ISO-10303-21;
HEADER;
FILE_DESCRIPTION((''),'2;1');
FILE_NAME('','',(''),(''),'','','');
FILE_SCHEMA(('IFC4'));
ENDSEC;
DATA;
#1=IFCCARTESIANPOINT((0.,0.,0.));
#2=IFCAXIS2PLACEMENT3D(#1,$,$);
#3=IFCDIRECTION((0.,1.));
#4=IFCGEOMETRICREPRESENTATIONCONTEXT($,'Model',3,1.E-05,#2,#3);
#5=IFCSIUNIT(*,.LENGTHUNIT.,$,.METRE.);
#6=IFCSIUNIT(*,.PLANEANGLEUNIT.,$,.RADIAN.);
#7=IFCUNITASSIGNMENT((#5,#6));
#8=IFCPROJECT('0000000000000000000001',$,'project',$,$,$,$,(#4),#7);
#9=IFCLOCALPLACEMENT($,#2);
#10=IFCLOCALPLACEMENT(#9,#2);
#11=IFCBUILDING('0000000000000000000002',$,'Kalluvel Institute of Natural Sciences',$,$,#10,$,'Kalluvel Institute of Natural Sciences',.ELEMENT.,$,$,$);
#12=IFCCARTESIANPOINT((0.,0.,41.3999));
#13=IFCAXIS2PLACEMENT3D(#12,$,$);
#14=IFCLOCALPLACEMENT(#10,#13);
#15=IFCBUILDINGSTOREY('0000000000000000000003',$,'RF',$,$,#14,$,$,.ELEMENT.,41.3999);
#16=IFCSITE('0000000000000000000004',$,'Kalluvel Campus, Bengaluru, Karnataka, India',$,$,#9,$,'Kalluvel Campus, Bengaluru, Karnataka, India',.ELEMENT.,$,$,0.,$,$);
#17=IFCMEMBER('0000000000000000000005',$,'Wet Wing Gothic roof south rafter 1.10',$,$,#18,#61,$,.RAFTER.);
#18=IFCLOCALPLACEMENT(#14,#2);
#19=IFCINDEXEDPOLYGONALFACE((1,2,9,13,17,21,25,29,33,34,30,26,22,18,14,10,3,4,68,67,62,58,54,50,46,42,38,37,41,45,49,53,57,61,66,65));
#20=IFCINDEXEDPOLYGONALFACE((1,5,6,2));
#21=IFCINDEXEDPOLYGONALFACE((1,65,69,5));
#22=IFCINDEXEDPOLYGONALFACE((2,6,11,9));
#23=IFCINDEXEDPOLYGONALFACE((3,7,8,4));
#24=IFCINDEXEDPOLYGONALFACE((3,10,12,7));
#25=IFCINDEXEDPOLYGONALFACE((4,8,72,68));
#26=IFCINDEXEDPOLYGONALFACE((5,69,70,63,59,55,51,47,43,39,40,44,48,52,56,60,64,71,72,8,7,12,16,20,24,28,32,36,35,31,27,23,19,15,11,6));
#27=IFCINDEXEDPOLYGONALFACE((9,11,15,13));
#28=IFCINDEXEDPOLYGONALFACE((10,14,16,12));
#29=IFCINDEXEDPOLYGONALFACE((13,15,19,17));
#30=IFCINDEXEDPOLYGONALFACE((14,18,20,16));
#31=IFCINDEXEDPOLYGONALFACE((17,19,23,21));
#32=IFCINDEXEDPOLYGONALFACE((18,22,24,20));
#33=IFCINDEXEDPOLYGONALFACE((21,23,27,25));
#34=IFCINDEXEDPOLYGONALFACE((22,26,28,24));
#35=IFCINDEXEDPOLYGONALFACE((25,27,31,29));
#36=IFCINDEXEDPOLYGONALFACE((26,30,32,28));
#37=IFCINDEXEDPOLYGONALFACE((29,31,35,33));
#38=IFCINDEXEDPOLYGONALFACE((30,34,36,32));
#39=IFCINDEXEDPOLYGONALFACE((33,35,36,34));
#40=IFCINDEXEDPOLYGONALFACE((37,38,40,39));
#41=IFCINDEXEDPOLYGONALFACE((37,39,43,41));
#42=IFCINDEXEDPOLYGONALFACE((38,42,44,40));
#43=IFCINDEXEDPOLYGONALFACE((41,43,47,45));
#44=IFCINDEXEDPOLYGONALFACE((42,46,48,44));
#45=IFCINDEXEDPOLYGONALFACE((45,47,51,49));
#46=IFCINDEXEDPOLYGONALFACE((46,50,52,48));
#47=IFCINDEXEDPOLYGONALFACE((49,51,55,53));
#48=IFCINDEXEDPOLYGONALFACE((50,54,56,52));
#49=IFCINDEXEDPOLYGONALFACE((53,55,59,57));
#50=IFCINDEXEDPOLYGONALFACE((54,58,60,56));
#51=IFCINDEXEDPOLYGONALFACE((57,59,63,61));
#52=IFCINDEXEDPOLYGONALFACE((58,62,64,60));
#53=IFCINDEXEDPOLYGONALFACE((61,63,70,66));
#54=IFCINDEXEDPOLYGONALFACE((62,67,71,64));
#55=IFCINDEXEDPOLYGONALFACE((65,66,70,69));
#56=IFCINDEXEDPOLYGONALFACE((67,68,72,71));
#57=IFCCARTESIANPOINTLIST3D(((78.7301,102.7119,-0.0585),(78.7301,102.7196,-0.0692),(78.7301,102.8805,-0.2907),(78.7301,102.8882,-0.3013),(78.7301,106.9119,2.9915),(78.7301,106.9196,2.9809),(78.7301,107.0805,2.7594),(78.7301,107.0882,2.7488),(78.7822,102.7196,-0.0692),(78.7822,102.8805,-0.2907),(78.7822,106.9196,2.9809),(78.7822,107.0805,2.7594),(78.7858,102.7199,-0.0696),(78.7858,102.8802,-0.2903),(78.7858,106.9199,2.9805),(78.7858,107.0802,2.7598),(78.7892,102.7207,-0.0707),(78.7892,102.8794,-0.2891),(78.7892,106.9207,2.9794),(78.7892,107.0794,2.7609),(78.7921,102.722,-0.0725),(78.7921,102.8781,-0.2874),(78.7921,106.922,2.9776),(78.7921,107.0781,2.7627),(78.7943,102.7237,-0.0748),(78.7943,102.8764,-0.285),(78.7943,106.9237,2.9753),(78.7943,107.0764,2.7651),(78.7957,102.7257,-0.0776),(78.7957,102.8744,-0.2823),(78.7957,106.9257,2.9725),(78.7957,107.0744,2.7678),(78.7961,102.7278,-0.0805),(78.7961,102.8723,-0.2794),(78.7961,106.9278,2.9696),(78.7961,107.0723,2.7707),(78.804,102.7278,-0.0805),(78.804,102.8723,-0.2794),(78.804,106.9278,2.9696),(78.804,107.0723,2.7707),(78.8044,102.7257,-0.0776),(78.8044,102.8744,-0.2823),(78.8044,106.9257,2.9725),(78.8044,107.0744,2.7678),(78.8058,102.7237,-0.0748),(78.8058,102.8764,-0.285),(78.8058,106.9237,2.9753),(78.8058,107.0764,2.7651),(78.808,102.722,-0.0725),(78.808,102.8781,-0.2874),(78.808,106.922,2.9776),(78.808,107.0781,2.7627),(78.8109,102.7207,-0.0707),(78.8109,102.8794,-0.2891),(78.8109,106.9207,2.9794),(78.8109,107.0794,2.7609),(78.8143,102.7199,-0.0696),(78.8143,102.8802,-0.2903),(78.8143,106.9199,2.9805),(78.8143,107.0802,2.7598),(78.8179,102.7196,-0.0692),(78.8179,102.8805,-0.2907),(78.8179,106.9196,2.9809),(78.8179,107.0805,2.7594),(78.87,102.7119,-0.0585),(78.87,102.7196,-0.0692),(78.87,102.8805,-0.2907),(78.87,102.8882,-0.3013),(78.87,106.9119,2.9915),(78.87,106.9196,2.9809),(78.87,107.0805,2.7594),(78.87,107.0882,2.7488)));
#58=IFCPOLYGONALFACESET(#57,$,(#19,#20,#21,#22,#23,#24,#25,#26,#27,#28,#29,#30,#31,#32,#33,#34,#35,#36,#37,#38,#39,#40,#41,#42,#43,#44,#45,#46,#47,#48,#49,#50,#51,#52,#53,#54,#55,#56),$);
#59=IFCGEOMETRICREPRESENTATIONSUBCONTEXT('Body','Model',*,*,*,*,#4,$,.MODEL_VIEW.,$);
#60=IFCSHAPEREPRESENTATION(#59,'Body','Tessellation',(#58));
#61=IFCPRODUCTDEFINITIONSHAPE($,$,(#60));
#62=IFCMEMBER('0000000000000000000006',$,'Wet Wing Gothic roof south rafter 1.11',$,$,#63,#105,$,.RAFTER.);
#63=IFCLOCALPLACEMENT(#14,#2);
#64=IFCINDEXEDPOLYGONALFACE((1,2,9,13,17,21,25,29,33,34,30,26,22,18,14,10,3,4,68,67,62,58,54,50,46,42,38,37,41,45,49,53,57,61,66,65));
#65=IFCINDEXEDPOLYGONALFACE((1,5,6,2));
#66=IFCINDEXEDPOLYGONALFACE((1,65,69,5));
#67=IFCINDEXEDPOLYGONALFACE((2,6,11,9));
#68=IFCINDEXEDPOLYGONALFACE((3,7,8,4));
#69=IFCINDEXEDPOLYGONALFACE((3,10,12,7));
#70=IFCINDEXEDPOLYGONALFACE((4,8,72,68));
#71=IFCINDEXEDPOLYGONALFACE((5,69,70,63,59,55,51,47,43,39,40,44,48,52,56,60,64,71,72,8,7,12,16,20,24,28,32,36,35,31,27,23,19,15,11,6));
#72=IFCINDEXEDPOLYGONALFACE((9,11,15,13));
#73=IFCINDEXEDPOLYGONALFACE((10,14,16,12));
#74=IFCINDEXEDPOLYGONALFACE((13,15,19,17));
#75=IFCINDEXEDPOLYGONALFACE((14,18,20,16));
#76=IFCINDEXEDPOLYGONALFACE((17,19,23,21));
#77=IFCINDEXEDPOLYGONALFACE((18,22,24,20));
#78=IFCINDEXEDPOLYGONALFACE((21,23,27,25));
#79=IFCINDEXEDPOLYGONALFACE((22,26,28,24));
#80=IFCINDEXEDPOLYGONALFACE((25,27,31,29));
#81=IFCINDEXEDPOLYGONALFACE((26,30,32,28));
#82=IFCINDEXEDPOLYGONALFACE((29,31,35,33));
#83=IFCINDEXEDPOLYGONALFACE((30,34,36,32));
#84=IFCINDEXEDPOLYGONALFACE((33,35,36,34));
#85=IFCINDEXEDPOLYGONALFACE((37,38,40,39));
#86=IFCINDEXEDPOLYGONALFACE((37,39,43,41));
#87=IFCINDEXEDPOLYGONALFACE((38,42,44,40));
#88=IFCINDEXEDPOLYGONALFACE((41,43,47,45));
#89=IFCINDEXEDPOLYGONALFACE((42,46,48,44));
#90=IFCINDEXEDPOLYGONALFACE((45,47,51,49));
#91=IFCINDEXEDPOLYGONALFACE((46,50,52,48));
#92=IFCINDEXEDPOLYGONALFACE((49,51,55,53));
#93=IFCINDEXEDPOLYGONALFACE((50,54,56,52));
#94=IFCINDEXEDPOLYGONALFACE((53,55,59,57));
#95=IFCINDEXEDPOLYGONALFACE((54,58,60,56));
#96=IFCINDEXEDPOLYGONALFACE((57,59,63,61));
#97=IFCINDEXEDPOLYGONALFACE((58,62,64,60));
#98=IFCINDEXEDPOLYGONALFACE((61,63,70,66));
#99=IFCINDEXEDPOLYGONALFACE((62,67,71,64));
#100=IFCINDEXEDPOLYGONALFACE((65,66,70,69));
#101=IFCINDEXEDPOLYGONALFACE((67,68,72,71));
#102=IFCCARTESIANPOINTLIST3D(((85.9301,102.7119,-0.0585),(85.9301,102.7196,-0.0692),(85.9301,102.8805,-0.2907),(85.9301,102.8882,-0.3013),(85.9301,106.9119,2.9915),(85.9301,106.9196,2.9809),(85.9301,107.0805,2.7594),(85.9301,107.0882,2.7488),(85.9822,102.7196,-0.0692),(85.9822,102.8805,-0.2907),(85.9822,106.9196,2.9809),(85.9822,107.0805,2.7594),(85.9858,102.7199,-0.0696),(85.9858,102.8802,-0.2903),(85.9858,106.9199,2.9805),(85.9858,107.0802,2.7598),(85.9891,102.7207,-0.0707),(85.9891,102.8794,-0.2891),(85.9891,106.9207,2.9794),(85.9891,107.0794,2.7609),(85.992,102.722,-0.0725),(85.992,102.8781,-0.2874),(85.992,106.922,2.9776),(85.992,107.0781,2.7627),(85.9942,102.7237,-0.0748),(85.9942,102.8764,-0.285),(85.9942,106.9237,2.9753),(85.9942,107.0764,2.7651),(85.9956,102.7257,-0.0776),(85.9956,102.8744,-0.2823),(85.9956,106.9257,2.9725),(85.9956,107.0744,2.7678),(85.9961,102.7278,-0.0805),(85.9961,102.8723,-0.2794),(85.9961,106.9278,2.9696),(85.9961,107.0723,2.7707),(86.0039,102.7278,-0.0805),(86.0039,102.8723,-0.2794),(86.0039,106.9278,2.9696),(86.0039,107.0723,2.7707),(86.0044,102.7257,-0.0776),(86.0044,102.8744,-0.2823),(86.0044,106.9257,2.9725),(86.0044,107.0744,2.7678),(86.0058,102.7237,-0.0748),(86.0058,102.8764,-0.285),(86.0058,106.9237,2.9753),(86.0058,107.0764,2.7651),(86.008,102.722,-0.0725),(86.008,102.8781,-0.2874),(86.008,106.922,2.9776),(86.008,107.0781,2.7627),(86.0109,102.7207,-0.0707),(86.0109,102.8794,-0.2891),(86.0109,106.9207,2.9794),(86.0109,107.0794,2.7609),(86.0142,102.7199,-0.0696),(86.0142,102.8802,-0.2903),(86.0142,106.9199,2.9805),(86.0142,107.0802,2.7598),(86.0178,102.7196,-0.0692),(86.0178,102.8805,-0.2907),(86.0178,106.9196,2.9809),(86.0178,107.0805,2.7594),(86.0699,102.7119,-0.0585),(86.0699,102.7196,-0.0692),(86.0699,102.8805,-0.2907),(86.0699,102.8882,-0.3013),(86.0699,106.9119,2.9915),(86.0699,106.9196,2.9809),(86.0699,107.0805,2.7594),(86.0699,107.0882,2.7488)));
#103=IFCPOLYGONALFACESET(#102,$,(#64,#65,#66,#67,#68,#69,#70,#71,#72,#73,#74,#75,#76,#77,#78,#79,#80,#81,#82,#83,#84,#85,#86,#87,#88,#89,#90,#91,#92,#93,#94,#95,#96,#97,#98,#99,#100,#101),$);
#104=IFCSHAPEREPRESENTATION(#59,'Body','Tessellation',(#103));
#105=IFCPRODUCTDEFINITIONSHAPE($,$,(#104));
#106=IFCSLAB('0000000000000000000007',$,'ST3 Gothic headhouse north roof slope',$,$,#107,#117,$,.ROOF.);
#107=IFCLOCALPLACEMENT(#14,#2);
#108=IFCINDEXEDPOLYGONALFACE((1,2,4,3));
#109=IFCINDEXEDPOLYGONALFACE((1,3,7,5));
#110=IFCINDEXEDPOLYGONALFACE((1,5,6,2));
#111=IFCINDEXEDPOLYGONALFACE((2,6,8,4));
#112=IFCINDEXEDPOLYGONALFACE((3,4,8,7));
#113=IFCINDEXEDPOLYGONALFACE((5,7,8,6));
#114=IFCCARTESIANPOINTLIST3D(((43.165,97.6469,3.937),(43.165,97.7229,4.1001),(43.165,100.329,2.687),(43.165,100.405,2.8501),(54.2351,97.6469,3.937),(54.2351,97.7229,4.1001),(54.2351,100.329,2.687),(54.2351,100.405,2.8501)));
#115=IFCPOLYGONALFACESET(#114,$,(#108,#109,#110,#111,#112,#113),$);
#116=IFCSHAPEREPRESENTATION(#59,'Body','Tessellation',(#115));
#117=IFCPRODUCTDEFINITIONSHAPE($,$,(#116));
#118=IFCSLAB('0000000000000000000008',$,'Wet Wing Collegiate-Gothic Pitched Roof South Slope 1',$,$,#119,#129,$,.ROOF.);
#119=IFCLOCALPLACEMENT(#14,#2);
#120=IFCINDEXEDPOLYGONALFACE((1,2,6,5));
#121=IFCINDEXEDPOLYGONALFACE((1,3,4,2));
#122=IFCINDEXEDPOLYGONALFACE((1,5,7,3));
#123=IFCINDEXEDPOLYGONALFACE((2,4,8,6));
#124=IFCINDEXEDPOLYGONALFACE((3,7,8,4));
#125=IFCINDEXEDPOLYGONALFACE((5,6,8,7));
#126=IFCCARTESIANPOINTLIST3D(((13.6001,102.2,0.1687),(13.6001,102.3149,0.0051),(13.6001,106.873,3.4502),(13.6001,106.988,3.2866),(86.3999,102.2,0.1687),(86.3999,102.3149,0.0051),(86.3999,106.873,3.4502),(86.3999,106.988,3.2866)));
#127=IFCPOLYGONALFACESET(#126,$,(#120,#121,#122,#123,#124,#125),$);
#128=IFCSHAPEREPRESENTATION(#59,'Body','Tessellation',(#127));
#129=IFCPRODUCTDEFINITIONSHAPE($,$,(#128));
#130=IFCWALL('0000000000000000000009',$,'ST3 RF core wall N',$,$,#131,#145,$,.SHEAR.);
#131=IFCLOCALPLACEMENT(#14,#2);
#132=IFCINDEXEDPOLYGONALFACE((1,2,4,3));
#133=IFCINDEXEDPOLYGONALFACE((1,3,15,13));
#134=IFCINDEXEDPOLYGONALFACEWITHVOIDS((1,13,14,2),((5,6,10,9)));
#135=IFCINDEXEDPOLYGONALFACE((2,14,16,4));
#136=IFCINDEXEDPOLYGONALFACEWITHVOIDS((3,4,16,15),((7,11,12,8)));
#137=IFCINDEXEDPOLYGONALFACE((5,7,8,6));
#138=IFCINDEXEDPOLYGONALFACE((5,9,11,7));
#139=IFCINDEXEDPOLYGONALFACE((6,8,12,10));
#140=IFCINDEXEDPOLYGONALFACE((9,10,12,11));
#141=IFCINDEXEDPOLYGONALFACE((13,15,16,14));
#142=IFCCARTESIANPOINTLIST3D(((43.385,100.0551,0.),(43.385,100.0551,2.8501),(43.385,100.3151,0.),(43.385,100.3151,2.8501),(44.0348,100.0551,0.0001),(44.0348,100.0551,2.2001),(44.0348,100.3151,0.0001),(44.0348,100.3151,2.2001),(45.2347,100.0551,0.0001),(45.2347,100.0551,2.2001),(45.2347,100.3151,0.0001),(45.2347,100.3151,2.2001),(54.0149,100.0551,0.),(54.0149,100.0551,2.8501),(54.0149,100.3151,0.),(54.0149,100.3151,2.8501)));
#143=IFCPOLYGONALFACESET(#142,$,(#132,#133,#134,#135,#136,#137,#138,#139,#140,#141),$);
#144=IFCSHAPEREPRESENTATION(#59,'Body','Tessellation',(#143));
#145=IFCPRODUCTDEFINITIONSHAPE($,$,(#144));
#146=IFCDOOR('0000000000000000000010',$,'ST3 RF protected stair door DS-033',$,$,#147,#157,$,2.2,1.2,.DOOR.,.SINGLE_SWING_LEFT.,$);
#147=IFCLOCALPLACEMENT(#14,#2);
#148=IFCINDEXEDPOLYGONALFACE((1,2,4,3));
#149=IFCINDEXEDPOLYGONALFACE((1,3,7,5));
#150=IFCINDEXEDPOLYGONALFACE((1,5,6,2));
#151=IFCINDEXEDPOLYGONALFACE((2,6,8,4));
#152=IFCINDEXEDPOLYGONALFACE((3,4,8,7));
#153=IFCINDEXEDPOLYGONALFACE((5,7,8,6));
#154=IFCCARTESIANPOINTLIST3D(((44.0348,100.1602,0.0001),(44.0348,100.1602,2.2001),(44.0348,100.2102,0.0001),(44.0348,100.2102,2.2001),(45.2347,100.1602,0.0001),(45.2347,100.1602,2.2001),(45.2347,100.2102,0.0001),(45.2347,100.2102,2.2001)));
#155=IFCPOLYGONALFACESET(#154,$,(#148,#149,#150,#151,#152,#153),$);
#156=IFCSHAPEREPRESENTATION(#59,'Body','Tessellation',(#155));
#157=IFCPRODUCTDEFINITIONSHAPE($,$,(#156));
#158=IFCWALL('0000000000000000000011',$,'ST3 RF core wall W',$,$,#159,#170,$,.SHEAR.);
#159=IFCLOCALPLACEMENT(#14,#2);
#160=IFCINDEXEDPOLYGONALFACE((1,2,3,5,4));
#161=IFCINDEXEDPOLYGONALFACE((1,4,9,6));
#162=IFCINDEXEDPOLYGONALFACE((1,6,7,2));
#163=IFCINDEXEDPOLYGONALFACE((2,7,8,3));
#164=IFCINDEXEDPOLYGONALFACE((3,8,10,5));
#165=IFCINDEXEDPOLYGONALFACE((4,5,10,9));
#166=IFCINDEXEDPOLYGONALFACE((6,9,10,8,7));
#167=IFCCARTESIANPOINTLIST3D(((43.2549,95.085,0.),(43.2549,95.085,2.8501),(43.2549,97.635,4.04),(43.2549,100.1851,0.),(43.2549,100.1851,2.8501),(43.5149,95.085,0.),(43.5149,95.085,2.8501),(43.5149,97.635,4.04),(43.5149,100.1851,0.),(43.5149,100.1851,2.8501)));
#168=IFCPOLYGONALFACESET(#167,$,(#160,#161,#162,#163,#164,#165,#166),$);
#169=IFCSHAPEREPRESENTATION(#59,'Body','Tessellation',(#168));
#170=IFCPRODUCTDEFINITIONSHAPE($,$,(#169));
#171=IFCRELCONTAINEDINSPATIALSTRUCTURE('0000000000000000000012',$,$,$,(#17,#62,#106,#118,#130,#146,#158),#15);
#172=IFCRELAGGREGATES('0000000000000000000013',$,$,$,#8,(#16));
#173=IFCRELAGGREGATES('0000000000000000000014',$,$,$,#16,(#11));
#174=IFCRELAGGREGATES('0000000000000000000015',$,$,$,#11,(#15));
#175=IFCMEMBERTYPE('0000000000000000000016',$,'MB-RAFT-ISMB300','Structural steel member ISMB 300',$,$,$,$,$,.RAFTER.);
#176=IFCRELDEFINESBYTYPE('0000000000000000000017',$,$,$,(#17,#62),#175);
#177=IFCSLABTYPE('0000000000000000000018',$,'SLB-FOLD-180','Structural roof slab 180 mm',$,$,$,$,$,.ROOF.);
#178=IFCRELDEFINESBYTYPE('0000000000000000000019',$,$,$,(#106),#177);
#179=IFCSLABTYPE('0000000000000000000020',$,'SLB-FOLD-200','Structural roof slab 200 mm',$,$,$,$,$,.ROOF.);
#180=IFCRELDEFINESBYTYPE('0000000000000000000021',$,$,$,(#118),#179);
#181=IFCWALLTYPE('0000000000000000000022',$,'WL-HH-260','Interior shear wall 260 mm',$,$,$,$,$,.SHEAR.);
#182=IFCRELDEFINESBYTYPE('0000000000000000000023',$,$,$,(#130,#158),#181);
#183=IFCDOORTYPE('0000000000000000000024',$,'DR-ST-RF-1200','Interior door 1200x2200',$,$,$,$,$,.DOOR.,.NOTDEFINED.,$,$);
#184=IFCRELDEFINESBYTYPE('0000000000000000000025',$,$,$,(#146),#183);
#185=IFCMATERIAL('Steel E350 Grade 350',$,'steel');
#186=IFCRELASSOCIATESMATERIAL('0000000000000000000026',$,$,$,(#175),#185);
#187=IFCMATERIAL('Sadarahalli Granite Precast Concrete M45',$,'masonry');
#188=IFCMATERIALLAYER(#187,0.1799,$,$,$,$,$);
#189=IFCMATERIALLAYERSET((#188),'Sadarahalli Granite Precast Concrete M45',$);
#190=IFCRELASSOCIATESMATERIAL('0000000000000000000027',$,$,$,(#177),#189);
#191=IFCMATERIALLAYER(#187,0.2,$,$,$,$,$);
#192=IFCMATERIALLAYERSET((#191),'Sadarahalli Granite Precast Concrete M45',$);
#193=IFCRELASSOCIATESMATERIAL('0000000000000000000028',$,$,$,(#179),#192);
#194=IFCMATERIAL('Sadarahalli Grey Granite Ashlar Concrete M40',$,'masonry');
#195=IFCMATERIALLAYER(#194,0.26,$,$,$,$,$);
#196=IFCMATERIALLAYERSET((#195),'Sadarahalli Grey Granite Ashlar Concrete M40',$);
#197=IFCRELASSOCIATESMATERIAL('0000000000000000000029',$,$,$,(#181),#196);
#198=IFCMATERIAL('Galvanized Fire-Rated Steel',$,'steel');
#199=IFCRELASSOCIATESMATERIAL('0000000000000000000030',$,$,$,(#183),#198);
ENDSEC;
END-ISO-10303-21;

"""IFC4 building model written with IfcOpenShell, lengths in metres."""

from ifc_helpers import new_model, si_unit, direction, frame, frame_2d, origin, origin_2d, place, context, subcontext, project, spatial, polyline, rectangle, i_section, outline, extrude, material, layer, layer_set, material_profile, profile_set, type_object, element, fill, save


model = new_model("IFC4")

# Units and contexts
model_context = context("Model", 3, precision=1e-05, world=origin(), true_north=direction((0.0, 1.0)))
body_context = subcontext(model_context, "Body", "Model", "MODEL_VIEW")
ifc_project = project(units=[si_unit("LENGTHUNIT", "METRE"), si_unit("PLANEANGLEUNIT", "RADIAN")], contexts=[model_context])

# Site, building, storey
site_placement = place(None, origin())
site = spatial("IfcSite", under=ifc_project, at=site_placement, Name="Kalluvel Campus, Bengaluru, Karnataka, India", LongName="Kalluvel Campus, Bengaluru, Karnataka, India", CompositionType="ELEMENT", RefElevation=0.0)
building_placement = place(site_placement, origin())
building = spatial("IfcBuilding", under=site, at=building_placement, Name="Kalluvel Institute of Natural Sciences", LongName="Kalluvel Institute of Natural Sciences", CompositionType="ELEMENT")
storey_placement = place(building_placement, frame((0.0, 0.0, 41.3999)))
storey = spatial("IfcBuildingStorey", under=building, at=storey_placement, Name="RF", CompositionType="ELEMENT", Elevation=41.3999)

# Shared definitions
ifc_material_1 = material(Name="Steel E350 Grade 350", Category="steel")
ifc_material_2 = material(Name="Sadarahalli Granite Precast Concrete M45", Category="masonry")

# Members
ifc_material_profile_1 = material_profile(ifc_material_1, i_section(OverallWidth=0.1399, OverallDepth=0.3, WebThickness=0.0078, FlangeThickness=0.0132, FilletRadius=0.0139, at=origin_2d()), Name="ISMB 300")
ifc_profile_set_1 = profile_set([ifc_material_profile_1], Name="Steel E350 Grade 350")
member_type = type_object("IfcMemberType", Name="MB-RAFT-ISMB300", Description="Structural steel member ISMB 300", PredefinedType="RAFTER", material=ifc_profile_set_1)
for number, where, z_axis, x_axis, name in (
    (1, (78.8, 102.8, -0.1799), (0.0, 0.809145, 0.587609), (-1.0, 0.0, 0.0), "Wet Wing Gothic roof south rafter 1.10"),
    (2, (86.0, 102.8, -0.1799), (0.0, 0.809145, 0.587609), (-1.0, 0.0, 0.0), "Wet Wing Gothic roof south rafter 1.11"),
):
    element("IfcMember", number, at=place(storey_placement, frame(where, z_axis=z_axis, x_axis=x_axis)), inside=storey, type_object=member_type, Name=name, PredefinedType="RAFTER", context=body_context, shape_type="SweptSolid", body=[
        extrude(i_section(OverallWidth=0.1399, OverallDepth=0.3, WebThickness=0.0078, FlangeThickness=0.0132, FilletRadius=0.0139, at=origin_2d()), origin(), (0.0, 0.0, 1.0), 5.1907),
    ])

# Slabs
ifc_layer_1 = layer(ifc_material_2, 0.1799)
ifc_layer_set_1 = layer_set([ifc_layer_1], Name="Sadarahalli Granite Precast Concrete M45")
slab_type_1 = type_object("IfcSlabType", Name="SLB-FOLD-180", Description="Structural roof slab 180 mm", PredefinedType="ROOF", material=ifc_layer_set_1)
slab_1_placement = place(storey_placement, frame((43.165, 97.7229, 4.1001), z_axis=(0.0, 0.422425, 0.906398), x_axis=(1.0, 0.0, 0.0)))
element("IfcSlab", 3, at=slab_1_placement, inside=storey, type_object=slab_type_1, Name="ST3 Gothic headhouse north roof slope", PredefinedType="ROOF", context=body_context, shape_type="SweptSolid", body=[
    extrude(outline(polyline([(0.0, 0.0), (11.0701, 0.0), (11.0701, 2.9591), (0.0, 2.9591), (0.0, 0.0)])), origin(), (0.0, 0.0, -1.0), 0.1799),
])
ifc_layer_2 = layer(ifc_material_2, 0.2)
ifc_layer_set_2 = layer_set([ifc_layer_2], Name="Sadarahalli Granite Precast Concrete M45")
slab_type_2 = type_object("IfcSlabType", Name="SLB-FOLD-200", Description="Structural roof slab 200 mm", PredefinedType="ROOF", material=ifc_layer_set_2)
slab_2_placement = place(storey_placement, frame((13.6001, 102.2, 0.1687), z_axis=(0.0, -0.574676, 0.818381), x_axis=(1.0, 0.0, 0.0)))
element("IfcSlab", 4, at=slab_2_placement, inside=storey, type_object=slab_type_2, Name="Wet Wing Collegiate-Gothic Pitched Roof South Slope 1", PredefinedType="ROOF", context=body_context, shape_type="SweptSolid", body=[
    extrude(outline(polyline([(0.0, 0.0), (72.7998, 0.0), (72.7998, 5.7102), (0.0, 5.7102), (0.0, 0.0)])), origin(), (0.0, 0.0, -1.0), 0.2),
])

# Wall, opening, door
ifc_material_3 = material(Name="Sadarahalli Grey Granite Ashlar Concrete M40", Category="masonry")
ifc_layer_3 = layer(ifc_material_3, 0.26)
ifc_layer_set_3 = layer_set([ifc_layer_3], Name="Sadarahalli Grey Granite Ashlar Concrete M40")
wall_type = type_object("IfcWallType", Name="WL-HH-260", Description="Interior shear wall 260 mm", PredefinedType="SHEAR", material=ifc_layer_set_3)
wall_1_placement = place(storey_placement, frame((54.0149, 100.1851, 0.0), z_axis=(0.0, 0.0, 1.0), x_axis=(-1.0, 0.0, 0.0)))
wall_1 = element("IfcWall", 5, at=wall_1_placement, inside=storey, type_object=wall_type, Name="ST3 RF core wall N", PredefinedType="SHEAR", context=body_context, shape_type="SweptSolid", body=[
    extrude(rectangle(XDim=10.6299, YDim=0.26, at=frame_2d((5.3149, 0.0))), origin(), (0.0, 0.0, 1.0), 2.8501),
])
opening_1_placement = place(wall_1_placement, frame((8.78, 0.0, 0.0)))
opening_1 = element("IfcOpeningElement", 6, at=opening_1_placement, cuts=wall_1, PredefinedType="OPENING", context=body_context, shape_type="SweptSolid", body=[
    extrude(rectangle(XDim=1.2, YDim=2.2, at=frame_2d((0.6001, 1.1001))), frame((0.0, 0.1399, 0.0), z_axis=(0.0, -1.0, 0.0), x_axis=(1.0, 0.0, 0.0)), (0.0, 0.0, 1.0), 0.28),
])
ifc_material_4 = material(Name="Galvanized Fire-Rated Steel", Category="steel")
door_type_1 = type_object("IfcDoorType", Name="DR-ST-RF-1200", Description="Interior door 1200x2200", OperationType="NOTDEFINED", PredefinedType="DOOR", material=ifc_material_4)
door_1_placement = place(opening_1_placement, origin())
door_1 = element("IfcDoor", 7, at=door_1_placement, inside=storey, type_object=door_type_1, Name="ST3 RF protected stair door DS-033", OperationType="SINGLE_SWING_LEFT", OverallHeight=2.2, OverallWidth=1.2, PredefinedType="DOOR", context=body_context, shape_type="SweptSolid", body=[
    extrude(rectangle(XDim=1.2, YDim=2.2, at=frame_2d((0.6001, 1.1001))), frame((0.0, 0.0249, 0.0), z_axis=(0.0, -1.0, 0.0), x_axis=(1.0, 0.0, 0.0)), (0.0, 0.0, 1.0), 0.05),
])
fill(opening_1, door_1)

# Wall
wall_2_placement = place(storey_placement, frame((43.385, 100.1851, 0.0), z_axis=(0.0, 0.0, 1.0), x_axis=(0.0, -1.0, 0.0)))
element("IfcWall", 8, at=wall_2_placement, inside=storey, type_object=wall_type, Name="ST3 RF core wall W", PredefinedType="SHEAR", context=body_context, shape_type="SweptSolid", body=[
    extrude(outline(polyline([(0.0, 0.0), (5.1001, 0.0), (5.1001, 2.8501), (2.55, 4.04), (0.0, 2.8501), (0.0, 0.0)])), frame((0.0, 0.1299, 0.0), z_axis=(0.0, -1.0, 0.0), x_axis=(1.0, 0.0, 0.0)), (0.0, 0.0, 1.0), 0.26),
])

save(model, "model.ifc")
